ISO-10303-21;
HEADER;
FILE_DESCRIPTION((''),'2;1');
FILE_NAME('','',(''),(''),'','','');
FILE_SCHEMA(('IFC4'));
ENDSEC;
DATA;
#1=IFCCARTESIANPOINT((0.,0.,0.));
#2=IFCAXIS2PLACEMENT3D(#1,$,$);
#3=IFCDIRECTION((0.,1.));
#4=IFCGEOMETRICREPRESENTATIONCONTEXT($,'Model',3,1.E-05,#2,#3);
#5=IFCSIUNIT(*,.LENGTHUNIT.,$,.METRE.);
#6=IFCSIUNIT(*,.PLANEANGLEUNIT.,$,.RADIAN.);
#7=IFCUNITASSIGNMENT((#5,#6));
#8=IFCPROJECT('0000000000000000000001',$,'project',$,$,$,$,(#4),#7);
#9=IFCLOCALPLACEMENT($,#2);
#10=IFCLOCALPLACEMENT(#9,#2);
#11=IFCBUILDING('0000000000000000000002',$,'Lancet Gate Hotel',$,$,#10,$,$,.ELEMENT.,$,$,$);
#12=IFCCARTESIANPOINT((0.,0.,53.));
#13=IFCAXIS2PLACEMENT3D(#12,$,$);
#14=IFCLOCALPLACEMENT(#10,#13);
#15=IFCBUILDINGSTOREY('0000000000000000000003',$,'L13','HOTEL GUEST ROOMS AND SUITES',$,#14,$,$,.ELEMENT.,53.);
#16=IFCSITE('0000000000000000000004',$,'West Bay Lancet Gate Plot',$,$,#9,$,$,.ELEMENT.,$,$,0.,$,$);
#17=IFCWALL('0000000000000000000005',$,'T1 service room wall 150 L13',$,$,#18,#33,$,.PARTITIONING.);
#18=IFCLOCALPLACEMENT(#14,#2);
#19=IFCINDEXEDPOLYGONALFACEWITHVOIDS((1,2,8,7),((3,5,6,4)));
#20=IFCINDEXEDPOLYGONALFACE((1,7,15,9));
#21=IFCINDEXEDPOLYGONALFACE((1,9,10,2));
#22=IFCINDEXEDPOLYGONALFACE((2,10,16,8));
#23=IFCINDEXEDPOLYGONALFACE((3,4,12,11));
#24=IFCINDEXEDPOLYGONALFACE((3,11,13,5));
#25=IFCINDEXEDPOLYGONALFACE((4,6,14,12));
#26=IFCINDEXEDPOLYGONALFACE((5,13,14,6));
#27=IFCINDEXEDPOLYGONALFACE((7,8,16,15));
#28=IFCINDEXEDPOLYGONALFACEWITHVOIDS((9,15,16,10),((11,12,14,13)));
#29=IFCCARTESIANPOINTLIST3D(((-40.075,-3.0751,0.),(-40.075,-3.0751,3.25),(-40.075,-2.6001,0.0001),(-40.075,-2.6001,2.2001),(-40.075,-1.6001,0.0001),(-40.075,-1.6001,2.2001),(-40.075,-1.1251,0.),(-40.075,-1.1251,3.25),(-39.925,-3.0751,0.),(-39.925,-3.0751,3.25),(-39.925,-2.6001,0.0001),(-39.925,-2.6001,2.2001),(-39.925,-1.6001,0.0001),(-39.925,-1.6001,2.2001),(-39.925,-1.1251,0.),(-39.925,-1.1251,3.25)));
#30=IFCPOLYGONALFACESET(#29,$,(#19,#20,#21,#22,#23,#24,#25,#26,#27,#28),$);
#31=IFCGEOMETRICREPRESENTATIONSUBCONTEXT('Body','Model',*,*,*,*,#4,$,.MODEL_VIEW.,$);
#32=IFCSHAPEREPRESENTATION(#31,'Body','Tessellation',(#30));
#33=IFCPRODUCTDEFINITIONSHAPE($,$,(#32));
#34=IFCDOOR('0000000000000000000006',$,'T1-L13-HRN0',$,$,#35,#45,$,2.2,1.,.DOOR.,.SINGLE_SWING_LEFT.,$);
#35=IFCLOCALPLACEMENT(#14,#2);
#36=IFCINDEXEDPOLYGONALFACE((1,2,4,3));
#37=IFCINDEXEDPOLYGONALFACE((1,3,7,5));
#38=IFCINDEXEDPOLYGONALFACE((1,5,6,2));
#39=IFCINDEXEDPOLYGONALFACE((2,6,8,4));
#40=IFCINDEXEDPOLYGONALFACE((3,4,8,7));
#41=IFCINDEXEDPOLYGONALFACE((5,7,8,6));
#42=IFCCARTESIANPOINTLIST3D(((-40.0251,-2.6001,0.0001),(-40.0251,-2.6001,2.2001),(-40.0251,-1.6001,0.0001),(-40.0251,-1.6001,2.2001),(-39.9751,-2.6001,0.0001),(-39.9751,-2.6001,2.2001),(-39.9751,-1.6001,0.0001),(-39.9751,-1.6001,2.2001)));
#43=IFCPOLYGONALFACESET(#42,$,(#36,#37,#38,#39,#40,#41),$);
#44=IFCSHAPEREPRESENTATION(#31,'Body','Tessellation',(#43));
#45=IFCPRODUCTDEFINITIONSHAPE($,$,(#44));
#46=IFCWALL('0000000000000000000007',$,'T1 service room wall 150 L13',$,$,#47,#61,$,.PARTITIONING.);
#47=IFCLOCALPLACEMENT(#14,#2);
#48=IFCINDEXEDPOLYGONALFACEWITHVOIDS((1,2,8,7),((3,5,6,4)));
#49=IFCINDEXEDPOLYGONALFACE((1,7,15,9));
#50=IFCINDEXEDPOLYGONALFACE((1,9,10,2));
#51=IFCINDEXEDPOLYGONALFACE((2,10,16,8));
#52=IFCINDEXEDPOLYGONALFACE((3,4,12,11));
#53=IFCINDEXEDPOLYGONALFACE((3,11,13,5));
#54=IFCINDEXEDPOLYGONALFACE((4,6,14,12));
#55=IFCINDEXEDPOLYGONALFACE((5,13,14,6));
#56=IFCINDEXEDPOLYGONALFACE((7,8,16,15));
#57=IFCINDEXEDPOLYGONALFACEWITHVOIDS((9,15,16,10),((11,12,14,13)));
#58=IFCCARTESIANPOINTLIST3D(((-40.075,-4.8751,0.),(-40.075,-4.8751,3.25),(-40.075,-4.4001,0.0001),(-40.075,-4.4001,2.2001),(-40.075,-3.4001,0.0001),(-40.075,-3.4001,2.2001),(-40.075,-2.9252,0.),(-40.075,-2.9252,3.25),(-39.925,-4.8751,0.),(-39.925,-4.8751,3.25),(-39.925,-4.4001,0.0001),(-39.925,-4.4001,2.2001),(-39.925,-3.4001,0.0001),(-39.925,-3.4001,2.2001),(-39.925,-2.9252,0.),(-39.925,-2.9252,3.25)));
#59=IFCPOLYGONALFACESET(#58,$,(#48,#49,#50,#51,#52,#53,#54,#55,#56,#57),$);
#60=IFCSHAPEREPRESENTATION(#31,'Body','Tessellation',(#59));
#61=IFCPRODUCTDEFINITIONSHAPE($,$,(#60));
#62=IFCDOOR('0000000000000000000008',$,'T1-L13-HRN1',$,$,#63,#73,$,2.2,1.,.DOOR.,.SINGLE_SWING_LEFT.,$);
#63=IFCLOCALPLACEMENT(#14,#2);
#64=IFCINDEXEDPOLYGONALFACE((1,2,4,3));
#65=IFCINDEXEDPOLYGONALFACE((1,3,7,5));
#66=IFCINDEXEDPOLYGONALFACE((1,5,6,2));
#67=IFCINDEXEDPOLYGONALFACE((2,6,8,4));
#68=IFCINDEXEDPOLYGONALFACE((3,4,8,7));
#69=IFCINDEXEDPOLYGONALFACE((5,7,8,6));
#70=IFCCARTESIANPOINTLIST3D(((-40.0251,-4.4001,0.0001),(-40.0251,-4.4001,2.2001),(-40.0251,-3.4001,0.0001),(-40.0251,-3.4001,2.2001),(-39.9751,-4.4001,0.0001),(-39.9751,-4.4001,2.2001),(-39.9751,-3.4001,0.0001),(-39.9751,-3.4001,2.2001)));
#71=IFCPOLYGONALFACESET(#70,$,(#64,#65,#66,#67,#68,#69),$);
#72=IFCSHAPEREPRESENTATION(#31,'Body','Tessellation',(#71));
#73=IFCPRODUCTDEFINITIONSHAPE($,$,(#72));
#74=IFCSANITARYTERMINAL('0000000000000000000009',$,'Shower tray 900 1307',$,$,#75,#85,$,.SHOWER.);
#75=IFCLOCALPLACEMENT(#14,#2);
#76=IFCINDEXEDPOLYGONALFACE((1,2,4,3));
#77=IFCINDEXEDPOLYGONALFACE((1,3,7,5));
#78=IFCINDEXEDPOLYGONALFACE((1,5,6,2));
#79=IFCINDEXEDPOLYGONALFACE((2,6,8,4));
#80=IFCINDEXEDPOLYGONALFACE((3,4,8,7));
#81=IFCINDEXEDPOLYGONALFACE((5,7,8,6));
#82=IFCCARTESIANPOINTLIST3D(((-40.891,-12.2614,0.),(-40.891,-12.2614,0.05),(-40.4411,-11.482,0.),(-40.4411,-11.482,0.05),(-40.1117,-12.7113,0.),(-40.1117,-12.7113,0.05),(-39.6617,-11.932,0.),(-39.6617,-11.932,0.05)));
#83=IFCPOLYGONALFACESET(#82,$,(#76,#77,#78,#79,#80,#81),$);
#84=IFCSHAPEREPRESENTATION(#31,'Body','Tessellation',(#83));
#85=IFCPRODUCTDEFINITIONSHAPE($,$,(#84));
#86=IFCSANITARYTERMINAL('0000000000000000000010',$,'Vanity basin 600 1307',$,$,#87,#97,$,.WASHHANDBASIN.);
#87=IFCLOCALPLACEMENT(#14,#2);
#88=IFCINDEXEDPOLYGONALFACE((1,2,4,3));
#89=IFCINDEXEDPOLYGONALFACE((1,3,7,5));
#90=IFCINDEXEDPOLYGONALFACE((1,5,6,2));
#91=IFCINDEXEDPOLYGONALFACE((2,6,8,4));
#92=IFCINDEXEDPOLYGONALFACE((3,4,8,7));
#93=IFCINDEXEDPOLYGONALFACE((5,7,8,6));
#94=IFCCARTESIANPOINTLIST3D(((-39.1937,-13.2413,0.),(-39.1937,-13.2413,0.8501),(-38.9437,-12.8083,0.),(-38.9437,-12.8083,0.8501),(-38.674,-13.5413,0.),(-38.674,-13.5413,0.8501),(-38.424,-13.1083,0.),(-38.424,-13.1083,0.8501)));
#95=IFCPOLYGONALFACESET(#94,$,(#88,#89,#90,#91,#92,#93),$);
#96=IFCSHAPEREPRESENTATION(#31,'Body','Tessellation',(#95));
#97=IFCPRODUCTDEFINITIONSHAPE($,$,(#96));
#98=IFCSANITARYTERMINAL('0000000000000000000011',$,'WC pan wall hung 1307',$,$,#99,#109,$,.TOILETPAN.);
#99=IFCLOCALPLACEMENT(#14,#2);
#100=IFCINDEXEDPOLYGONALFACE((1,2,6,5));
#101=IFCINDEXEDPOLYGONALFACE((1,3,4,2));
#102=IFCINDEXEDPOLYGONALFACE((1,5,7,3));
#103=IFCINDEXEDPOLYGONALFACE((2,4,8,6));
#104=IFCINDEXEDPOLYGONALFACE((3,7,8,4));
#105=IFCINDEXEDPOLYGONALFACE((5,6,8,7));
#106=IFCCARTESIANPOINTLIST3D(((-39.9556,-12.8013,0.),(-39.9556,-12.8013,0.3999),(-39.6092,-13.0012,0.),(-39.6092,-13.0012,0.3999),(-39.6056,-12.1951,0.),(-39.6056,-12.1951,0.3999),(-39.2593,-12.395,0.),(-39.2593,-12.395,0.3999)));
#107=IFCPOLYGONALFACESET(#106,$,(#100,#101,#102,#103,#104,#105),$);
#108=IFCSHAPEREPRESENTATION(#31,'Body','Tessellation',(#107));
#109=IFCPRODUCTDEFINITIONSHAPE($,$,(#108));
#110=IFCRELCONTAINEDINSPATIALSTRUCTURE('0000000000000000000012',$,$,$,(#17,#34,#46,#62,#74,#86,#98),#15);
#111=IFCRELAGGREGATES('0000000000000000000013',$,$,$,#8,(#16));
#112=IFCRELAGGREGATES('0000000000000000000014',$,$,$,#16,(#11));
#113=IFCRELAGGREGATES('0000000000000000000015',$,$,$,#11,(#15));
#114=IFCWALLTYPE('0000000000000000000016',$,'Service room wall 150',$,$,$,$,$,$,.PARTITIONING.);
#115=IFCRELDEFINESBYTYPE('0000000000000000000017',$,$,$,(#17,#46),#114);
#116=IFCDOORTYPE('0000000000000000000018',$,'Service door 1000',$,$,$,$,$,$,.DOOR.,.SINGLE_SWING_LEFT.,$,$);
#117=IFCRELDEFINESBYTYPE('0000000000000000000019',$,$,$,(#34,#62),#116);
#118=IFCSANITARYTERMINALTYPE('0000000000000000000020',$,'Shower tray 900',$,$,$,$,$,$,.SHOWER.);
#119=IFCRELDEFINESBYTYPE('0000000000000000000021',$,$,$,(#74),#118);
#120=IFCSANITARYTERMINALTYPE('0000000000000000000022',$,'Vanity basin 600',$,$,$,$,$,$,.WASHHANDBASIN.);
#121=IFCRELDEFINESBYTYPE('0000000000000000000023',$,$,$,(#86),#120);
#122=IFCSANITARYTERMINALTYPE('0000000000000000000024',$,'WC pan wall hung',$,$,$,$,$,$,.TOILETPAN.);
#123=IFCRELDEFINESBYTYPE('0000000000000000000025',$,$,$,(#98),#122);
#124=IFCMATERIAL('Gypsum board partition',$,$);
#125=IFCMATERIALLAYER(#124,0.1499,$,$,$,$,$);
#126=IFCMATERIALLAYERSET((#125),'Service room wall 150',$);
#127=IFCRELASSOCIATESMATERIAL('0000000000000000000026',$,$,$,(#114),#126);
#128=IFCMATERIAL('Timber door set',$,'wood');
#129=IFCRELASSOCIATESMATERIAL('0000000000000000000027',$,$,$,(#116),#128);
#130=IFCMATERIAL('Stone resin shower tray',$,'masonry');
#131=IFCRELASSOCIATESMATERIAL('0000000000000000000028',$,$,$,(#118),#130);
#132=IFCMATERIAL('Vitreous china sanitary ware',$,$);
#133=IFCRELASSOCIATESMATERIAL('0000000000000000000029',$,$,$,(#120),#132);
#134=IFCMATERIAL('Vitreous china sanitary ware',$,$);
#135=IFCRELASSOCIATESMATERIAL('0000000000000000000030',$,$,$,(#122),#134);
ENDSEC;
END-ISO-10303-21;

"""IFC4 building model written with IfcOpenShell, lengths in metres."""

from ifc_helpers import new_model, si_unit, direction, frame, frame_2d, origin, origin_2d, place, context, subcontext, project, spatial, rectangle, extrude, material, layer, layer_set, type_object, element, fill, save


model = new_model("IFC4")

# Units and contexts
model_context = context("Model", 3, precision=1e-05, world=origin(), true_north=direction((0.0, 1.0)))
body_context = subcontext(model_context, "Body", "Model", "MODEL_VIEW")
ifc_project = project(units=[si_unit("LENGTHUNIT", "METRE"), si_unit("PLANEANGLEUNIT", "RADIAN")], contexts=[model_context])

# Site, building, storey
site_placement = place(None, origin())
site = spatial("IfcSite", under=ifc_project, at=site_placement, Name="West Bay Lancet Gate Plot", CompositionType="ELEMENT", RefElevation=0.0)
building_placement = place(site_placement, origin())
building = spatial("IfcBuilding", under=site, at=building_placement, Name="Lancet Gate Hotel", CompositionType="ELEMENT")
storey_placement = place(building_placement, frame((0.0, 0.0, 53.0)))
storey = spatial("IfcBuildingStorey", under=building, at=storey_placement, Name="L13", Description="HOTEL GUEST ROOMS AND SUITES", CompositionType="ELEMENT", Elevation=53.0)

# Walls, openings, doors
ifc_material_1 = material(Name="Gypsum board partition")
ifc_layer_1 = layer(ifc_material_1, 0.1499)
ifc_layer_set_1 = layer_set([ifc_layer_1], Name="Service room wall 150")
wall_type_1 = type_object("IfcWallType", Name="Service room wall 150", PredefinedType="PARTITIONING", material=ifc_layer_set_1)
wall_1_placement = place(storey_placement, frame((-40.0, -1.125, 0.0), z_axis=(0.0, 0.0, 1.0), x_axis=(0.0, -1.0, 0.0)))
wall_1 = element("IfcWall", 1, at=wall_1_placement, inside=storey, type_object=wall_type_1, Name="T1 service room wall 150 L13", PredefinedType="PARTITIONING", context=body_context, shape_type="SweptSolid", body=[
    extrude(rectangle(XDim=1.95, YDim=0.1499, at=frame_2d((0.9751, 0.0))), origin(), (0.0, 0.0, 1.0), 3.25),
])
opening_1_placement = place(wall_1_placement, frame((0.4751, 0.0, 0.0)))
opening_1 = element("IfcOpeningElement", 2, at=opening_1_placement, cuts=wall_1, PredefinedType="OPENING", context=body_context, shape_type="SweptSolid", body=[
    extrude(rectangle(XDim=1.0, YDim=2.2, at=frame_2d((0.5, 1.1001))), frame((0.0, 0.085, 0.0), z_axis=(0.0, -1.0, 0.0), x_axis=(1.0, 0.0, 0.0)), (0.0, 0.0, 1.0), 0.1699),
])
ifc_material_2 = material(Name="Timber door set", Category="wood")
door_type_1 = type_object("IfcDoorType", Name="Service door 1000", OperationType="SINGLE_SWING_LEFT", PredefinedType="DOOR", material=ifc_material_2)
door_1_placement = place(opening_1_placement, origin())
door_1 = element("IfcDoor", 3, at=door_1_placement, inside=storey, type_object=door_type_1, Name="T1-L13-HRN0", OperationType="SINGLE_SWING_LEFT", OverallHeight=2.2, OverallWidth=1.0, PredefinedType="DOOR", context=body_context, shape_type="SweptSolid", body=[
    extrude(rectangle(XDim=1.0, YDim=2.2, at=frame_2d((0.5, 1.1001))), frame((0.0, 0.0249, 0.0), z_axis=(0.0, -1.0, 0.0), x_axis=(1.0, 0.0, 0.0)), (0.0, 0.0, 1.0), 0.05),
])
fill(opening_1, door_1)
wall_2_placement = place(storey_placement, frame((-40.0, -2.925, 0.0), z_axis=(0.0, 0.0, 1.0), x_axis=(0.0, -1.0, 0.0)))
wall_2 = element("IfcWall", 4, at=wall_2_placement, inside=storey, type_object=wall_type_1, Name="T1 service room wall 150 L13", PredefinedType="PARTITIONING", context=body_context, shape_type="SweptSolid", body=[
    extrude(rectangle(XDim=1.95, YDim=0.1499, at=frame_2d((0.9751, 0.0))), origin(), (0.0, 0.0, 1.0), 3.25),
])
opening_2_placement = place(wall_2_placement, frame((0.4751, 0.0, 0.0)))
opening_2 = element("IfcOpeningElement", 5, at=opening_2_placement, cuts=wall_2, PredefinedType="OPENING", context=body_context, shape_type="SweptSolid", body=[
    extrude(rectangle(XDim=1.0, YDim=2.2, at=frame_2d((0.5, 1.1001))), frame((0.0, 0.085, 0.0), z_axis=(0.0, -1.0, 0.0), x_axis=(1.0, 0.0, 0.0)), (0.0, 0.0, 1.0), 0.1699),
])
door_2_placement = place(opening_2_placement, origin())
door_2 = element("IfcDoor", 6, at=door_2_placement, inside=storey, type_object=door_type_1, Name="T1-L13-HRN1", OperationType="SINGLE_SWING_LEFT", OverallHeight=2.2, OverallWidth=1.0, PredefinedType="DOOR", context=body_context, shape_type="SweptSolid", body=[
    extrude(rectangle(XDim=1.0, YDim=2.2, at=frame_2d((0.5, 1.1001))), frame((0.0, 0.0249, 0.0), z_axis=(0.0, -1.0, 0.0), x_axis=(1.0, 0.0, 0.0)), (0.0, 0.0, 1.0), 0.05),
])
fill(opening_2, door_2)

# Sanitary terminals
ifc_material_3 = material(Name="Stone resin shower tray", Category="masonry")
sanitary_terminal_type_1 = type_object("IfcSanitaryTerminalType", Name="Shower tray 900", PredefinedType="SHOWER", material=ifc_material_3)
sanitary_terminal_1_placement = place(storey_placement, frame((-40.2764, -12.0967, 0.0), z_axis=(0.0, 0.0, 1.0), x_axis=(-0.866025, 0.5, 0.0)))
element("IfcSanitaryTerminal", 7, at=sanitary_terminal_1_placement, inside=storey, type_object=sanitary_terminal_type_1, Name="Shower tray 900 1307", PredefinedType="SHOWER", context=body_context, shape_type="SweptSolid", body=[
    extrude(rectangle(XDim=0.8999, YDim=0.8999, at=origin_2d()), origin(), (0.0, 0.0, 1.0), 0.05),
])
ifc_material_4 = material(Name="Vitreous china sanitary ware")
sanitary_terminal_type_2 = type_object("IfcSanitaryTerminalType", Name="Vanity basin 600", PredefinedType="WASHHANDBASIN", material=ifc_material_4)
sanitary_terminal_2_placement = place(storey_placement, frame((-38.8088, -13.1748, 0.0), z_axis=(0.0, 0.0, 1.0), x_axis=(-0.866025, 0.5, 0.0)))
element("IfcSanitaryTerminal", 8, at=sanitary_terminal_2_placement, inside=storey, type_object=sanitary_terminal_type_2, Name="Vanity basin 600 1307", PredefinedType="WASHHANDBASIN", context=body_context, shape_type="SweptSolid", body=[
    extrude(rectangle(XDim=0.6001, YDim=0.5, at=origin_2d()), origin(), (0.0, 0.0, 1.0), 0.8501),
])
ifc_material_5 = material(Name="Vitreous china sanitary ware")
sanitary_terminal_type_3 = type_object("IfcSanitaryTerminalType", Name="WC pan wall hung", PredefinedType="TOILETPAN", material=ifc_material_5)
sanitary_terminal_3_placement = place(storey_placement, frame((-39.6074, -12.5981, 0.0), z_axis=(0.0, 0.0, 1.0), x_axis=(-0.866025, 0.5, 0.0)))
element("IfcSanitaryTerminal", 9, at=sanitary_terminal_3_placement, inside=storey, type_object=sanitary_terminal_type_3, Name="WC pan wall hung 1307", PredefinedType="TOILETPAN", context=body_context, shape_type="SweptSolid", body=[
    extrude(rectangle(XDim=0.3999, YDim=0.7, at=origin_2d()), origin(), (0.0, 0.0, 1.0), 0.3999),
])

save(model, "model.ifc")
